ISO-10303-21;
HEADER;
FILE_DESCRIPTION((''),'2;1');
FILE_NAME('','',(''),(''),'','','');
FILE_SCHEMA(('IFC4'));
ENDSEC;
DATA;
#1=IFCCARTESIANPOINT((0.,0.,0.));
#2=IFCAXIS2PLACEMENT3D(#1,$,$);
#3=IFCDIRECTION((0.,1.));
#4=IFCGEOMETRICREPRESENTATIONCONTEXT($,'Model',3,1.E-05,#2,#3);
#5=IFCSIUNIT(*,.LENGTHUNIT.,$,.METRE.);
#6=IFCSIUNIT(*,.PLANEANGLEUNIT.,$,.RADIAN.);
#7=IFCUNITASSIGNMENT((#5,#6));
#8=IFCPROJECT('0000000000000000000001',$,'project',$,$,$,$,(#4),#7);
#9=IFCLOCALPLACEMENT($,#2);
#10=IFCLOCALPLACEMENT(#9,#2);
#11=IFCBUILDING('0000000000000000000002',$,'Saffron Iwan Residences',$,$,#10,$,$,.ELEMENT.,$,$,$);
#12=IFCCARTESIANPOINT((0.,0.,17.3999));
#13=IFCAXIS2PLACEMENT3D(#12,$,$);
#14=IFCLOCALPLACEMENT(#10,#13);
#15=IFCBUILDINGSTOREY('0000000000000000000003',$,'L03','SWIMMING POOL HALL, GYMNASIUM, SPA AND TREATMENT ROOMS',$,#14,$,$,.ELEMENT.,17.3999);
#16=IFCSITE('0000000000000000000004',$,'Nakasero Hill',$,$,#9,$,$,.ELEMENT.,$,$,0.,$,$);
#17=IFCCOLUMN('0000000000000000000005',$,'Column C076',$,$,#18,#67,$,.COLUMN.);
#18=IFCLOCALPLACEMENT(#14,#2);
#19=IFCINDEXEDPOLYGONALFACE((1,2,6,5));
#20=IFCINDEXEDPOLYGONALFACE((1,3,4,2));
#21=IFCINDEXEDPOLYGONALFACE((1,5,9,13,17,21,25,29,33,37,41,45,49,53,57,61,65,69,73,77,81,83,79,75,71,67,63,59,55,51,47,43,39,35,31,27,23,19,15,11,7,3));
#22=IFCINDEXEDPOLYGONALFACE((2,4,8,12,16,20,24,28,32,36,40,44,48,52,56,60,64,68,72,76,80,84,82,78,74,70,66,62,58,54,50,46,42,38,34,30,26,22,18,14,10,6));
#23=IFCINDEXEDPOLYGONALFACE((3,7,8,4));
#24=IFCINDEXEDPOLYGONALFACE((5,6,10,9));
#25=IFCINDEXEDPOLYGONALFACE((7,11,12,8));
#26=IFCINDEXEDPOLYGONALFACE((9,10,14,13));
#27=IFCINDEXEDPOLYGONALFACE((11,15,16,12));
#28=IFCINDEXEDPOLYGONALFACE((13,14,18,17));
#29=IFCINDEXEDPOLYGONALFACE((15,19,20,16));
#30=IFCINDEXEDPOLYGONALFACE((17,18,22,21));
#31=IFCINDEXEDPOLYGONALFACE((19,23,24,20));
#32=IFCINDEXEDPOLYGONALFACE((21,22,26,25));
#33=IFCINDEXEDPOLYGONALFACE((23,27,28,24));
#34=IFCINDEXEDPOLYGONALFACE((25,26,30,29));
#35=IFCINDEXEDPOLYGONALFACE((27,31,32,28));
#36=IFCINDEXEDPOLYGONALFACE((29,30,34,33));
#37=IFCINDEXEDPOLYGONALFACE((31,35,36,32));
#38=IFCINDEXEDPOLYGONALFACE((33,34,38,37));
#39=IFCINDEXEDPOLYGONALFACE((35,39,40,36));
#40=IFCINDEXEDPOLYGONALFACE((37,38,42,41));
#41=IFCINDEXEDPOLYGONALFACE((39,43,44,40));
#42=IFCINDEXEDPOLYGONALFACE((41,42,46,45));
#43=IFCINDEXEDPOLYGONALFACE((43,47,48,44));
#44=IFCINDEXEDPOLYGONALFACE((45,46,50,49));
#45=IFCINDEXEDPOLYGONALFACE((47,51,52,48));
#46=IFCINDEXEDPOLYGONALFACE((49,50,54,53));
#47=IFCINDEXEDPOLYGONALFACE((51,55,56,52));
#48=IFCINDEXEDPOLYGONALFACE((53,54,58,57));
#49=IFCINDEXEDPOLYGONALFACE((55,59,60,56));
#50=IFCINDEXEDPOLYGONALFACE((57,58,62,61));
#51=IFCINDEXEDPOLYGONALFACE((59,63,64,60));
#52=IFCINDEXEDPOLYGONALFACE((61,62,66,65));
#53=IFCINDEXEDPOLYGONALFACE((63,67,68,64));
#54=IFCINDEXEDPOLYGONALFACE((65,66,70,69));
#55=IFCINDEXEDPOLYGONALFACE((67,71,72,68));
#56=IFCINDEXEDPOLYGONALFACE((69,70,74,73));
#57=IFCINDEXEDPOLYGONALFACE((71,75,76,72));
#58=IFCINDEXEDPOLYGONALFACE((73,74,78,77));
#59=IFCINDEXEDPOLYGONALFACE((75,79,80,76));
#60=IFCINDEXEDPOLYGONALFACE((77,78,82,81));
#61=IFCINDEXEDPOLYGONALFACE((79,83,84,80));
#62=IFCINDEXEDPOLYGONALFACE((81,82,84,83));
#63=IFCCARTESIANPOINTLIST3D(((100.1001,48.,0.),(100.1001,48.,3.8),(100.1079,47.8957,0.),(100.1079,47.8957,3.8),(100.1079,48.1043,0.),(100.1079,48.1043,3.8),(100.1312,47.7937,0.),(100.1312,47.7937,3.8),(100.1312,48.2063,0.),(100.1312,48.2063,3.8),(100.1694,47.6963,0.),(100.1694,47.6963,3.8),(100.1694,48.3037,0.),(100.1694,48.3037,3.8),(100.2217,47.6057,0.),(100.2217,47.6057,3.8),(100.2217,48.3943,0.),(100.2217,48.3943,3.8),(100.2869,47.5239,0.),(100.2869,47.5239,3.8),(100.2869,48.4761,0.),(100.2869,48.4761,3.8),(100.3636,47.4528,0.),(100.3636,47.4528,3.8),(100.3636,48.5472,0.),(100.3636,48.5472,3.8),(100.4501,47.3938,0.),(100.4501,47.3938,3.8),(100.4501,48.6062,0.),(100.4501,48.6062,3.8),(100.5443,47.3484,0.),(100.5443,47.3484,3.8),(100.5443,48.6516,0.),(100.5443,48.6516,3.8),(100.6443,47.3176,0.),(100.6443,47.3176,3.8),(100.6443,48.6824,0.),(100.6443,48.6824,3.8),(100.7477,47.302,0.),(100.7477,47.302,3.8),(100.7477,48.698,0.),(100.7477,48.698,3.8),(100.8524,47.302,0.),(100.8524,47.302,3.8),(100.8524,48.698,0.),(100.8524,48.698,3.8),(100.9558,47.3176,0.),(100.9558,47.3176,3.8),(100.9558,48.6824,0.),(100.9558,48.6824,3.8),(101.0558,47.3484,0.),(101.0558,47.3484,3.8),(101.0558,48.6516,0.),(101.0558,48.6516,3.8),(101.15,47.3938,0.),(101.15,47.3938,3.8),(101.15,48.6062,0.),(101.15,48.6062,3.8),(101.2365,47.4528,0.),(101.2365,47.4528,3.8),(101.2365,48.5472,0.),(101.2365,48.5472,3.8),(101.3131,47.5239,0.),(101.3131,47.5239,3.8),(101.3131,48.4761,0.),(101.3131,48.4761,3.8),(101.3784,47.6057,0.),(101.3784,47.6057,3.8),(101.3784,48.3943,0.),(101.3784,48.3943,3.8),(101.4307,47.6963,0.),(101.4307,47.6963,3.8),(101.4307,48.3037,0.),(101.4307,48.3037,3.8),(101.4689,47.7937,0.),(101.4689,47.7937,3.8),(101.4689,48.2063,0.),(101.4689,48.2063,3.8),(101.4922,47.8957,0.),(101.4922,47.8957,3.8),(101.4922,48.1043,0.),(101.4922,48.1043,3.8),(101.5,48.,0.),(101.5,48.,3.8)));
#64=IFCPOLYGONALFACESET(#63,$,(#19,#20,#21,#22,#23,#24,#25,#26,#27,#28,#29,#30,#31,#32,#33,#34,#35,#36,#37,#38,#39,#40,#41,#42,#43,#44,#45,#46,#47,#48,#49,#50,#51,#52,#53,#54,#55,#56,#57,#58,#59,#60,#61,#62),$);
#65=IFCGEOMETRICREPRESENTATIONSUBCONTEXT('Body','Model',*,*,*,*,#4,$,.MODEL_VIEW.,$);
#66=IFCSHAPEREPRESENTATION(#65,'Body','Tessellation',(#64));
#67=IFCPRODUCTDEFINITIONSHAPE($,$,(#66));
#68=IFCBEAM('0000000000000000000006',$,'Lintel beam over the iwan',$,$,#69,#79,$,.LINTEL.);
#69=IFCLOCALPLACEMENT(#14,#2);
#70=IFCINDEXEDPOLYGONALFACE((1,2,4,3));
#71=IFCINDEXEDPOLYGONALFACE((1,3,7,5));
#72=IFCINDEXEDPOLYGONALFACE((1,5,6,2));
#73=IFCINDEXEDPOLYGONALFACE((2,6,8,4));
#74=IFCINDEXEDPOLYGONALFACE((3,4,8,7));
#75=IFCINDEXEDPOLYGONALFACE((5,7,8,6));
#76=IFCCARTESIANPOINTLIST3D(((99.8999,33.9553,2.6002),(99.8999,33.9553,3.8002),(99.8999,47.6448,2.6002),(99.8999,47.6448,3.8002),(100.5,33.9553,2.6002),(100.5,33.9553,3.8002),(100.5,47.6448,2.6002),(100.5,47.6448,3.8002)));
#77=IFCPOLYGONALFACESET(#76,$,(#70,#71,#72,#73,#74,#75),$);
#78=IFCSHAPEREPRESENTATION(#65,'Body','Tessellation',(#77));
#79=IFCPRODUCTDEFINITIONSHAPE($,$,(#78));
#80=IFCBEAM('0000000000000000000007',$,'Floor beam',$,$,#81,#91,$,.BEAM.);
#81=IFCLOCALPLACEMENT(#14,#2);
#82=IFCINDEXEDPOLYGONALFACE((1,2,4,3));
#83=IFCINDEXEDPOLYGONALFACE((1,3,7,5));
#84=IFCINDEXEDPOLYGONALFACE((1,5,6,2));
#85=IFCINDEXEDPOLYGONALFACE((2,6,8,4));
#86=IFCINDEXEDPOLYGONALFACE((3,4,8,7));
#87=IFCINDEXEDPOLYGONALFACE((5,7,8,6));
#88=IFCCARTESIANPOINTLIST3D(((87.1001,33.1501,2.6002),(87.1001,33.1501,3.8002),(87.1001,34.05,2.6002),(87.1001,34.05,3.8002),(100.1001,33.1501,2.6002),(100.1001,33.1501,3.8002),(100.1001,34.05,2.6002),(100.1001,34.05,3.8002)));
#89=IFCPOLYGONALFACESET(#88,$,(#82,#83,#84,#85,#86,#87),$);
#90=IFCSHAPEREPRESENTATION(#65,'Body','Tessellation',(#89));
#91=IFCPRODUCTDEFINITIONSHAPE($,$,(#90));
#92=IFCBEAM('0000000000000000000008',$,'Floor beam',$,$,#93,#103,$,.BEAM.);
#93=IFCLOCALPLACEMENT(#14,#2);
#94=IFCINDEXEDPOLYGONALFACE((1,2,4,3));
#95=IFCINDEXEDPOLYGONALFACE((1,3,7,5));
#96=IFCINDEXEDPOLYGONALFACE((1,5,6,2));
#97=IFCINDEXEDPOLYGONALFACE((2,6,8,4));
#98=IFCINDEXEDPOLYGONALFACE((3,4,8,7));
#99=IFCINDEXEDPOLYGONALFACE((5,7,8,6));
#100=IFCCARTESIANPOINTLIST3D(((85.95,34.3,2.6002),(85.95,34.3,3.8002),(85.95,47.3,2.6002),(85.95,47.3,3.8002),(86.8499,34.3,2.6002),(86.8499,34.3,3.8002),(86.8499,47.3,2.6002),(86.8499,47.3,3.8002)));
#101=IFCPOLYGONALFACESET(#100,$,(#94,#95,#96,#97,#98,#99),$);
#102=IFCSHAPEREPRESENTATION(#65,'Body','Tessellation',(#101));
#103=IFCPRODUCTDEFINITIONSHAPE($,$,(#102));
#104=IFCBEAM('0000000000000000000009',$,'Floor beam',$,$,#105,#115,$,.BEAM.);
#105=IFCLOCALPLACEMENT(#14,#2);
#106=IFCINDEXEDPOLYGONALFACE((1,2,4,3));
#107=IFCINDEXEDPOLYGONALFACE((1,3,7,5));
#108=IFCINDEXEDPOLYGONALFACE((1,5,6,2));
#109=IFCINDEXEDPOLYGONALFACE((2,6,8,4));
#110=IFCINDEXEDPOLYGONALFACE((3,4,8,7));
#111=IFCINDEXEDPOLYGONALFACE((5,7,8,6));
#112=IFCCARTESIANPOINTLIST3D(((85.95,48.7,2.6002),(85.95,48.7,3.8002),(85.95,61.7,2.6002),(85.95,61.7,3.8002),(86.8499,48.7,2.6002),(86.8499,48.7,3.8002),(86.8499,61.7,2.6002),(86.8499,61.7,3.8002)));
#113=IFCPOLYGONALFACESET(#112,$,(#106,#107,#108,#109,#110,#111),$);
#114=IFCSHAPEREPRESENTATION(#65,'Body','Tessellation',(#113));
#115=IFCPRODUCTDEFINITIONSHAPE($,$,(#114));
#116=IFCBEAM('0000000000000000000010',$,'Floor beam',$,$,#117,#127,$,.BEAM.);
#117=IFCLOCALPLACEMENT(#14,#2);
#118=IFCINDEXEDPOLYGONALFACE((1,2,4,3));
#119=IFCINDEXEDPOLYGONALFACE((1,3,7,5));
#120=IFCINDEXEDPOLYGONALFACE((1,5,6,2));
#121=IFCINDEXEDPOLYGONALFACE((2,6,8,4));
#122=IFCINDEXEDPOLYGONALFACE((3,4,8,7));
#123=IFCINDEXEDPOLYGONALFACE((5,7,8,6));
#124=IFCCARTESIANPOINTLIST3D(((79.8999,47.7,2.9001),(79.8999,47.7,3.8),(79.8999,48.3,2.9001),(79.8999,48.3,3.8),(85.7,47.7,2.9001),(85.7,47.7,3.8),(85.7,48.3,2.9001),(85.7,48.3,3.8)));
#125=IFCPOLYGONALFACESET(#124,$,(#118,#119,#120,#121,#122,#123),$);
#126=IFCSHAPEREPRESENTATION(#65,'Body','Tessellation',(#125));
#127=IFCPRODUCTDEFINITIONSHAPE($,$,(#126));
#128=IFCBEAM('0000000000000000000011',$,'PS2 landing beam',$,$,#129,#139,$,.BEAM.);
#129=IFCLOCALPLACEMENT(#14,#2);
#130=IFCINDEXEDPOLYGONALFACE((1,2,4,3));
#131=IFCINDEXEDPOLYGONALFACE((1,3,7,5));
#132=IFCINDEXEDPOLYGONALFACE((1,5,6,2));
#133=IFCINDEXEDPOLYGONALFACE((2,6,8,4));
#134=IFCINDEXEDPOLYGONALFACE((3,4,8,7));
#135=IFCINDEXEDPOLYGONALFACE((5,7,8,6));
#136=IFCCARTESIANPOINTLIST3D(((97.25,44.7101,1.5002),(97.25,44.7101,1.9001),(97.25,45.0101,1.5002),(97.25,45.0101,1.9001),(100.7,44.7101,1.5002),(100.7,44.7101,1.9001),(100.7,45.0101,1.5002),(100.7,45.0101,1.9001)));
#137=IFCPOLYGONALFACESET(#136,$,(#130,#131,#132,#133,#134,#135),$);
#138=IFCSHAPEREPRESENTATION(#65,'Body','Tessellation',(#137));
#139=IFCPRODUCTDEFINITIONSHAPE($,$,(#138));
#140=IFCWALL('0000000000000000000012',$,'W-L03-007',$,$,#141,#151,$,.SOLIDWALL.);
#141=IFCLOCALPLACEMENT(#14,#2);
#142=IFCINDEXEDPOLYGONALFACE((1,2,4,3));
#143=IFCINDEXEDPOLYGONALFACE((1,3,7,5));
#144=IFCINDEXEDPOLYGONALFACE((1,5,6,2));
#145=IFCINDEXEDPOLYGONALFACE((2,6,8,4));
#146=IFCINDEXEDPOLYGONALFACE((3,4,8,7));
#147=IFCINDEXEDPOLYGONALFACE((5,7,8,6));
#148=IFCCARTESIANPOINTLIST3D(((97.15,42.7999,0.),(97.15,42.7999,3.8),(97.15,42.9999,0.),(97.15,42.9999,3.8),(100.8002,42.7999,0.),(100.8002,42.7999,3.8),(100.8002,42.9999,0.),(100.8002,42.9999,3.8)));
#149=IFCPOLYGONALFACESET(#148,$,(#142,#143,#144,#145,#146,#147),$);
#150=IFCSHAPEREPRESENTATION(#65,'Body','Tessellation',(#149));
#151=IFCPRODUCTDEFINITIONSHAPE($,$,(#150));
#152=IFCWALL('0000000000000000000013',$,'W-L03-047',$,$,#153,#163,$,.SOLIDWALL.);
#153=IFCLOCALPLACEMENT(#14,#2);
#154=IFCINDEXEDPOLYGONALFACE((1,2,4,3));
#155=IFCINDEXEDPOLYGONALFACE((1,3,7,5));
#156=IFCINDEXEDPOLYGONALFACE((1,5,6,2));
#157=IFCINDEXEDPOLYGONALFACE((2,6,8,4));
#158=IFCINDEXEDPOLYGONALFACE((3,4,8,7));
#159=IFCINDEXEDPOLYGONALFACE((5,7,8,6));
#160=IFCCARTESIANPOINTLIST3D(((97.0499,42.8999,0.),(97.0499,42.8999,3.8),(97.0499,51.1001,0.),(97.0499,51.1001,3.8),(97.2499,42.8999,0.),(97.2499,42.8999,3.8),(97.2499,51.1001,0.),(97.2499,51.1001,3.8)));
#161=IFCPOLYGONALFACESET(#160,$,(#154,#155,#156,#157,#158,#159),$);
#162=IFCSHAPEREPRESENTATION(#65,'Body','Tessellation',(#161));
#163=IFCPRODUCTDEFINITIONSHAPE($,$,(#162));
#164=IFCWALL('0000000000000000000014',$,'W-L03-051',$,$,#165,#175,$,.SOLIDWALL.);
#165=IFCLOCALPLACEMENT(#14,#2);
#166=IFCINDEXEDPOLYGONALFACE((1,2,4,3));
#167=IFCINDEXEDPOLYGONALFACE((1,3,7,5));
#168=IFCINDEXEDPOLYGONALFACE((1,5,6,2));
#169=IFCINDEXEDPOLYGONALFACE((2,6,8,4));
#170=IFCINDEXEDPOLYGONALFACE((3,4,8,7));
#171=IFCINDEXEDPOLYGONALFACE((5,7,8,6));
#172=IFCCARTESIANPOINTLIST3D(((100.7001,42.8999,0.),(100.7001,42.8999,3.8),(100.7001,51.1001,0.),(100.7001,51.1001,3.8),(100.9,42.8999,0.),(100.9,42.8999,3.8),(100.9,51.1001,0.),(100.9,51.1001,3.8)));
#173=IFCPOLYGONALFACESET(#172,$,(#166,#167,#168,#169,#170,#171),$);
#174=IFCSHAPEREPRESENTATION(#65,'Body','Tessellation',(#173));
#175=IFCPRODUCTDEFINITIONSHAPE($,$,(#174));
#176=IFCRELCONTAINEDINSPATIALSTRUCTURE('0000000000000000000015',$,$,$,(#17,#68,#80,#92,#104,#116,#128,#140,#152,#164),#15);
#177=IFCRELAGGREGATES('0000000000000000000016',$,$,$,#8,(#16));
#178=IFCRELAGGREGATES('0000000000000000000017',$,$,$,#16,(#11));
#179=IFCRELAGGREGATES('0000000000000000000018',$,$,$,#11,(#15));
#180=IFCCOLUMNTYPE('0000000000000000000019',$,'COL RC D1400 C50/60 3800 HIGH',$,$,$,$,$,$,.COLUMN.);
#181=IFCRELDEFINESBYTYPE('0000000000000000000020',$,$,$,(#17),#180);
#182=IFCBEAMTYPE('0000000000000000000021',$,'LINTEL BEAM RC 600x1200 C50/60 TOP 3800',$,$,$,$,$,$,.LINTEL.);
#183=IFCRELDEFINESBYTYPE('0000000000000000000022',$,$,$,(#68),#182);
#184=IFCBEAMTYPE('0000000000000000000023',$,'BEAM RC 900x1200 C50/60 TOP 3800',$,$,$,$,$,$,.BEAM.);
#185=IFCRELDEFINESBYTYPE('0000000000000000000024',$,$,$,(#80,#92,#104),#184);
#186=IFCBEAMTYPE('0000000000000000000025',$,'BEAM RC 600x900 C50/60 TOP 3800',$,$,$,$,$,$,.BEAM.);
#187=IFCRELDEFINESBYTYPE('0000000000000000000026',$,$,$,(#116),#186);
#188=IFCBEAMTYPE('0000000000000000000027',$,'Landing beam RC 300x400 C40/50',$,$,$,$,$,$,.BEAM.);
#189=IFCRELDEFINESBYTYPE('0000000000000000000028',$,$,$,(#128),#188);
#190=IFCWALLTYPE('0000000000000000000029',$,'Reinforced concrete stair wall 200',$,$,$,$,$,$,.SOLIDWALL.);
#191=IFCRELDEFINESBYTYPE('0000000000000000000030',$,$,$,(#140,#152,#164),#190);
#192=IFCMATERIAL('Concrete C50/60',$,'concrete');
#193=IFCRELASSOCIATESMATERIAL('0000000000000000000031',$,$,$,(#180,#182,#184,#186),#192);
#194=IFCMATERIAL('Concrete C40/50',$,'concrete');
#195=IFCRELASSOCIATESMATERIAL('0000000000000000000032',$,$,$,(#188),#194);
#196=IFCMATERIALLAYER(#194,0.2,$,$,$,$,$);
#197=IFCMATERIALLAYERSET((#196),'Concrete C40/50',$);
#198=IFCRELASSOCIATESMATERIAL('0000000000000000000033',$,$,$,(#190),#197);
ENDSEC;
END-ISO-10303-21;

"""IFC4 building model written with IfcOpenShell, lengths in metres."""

from ifc_helpers import new_model, si_unit, direction, frame, frame_2d, origin, origin_2d, place, context, subcontext, project, spatial, rectangle, circle, extrude, source, transform, mapped, material, layer, layer_set, material_profile, profile_set, type_object, element, save


model = new_model("IFC4")

# Units and contexts
model_context = context("Model", 3, precision=1e-05, world=origin(), true_north=direction((0.0, 1.0)))
body_context = subcontext(model_context, "Body", "Model", "MODEL_VIEW")
ifc_project = project(units=[si_unit("LENGTHUNIT", "METRE"), si_unit("PLANEANGLEUNIT", "RADIAN")], contexts=[model_context])

# Site, building, storey
site_placement = place(None, origin())
site = spatial("IfcSite", under=ifc_project, at=site_placement, Name="Nakasero Hill", CompositionType="ELEMENT", RefElevation=0.0)
building_placement = place(site_placement, origin())
building = spatial("IfcBuilding", under=site, at=building_placement, Name="Saffron Iwan Residences", CompositionType="ELEMENT")
storey_placement = place(building_placement, frame((0.0, 0.0, 17.3999)))
storey = spatial("IfcBuildingStorey", under=building, at=storey_placement, Name="L03", Description="SWIMMING POOL HALL, GYMNASIUM, SPA AND TREATMENT ROOMS", CompositionType="ELEMENT", Elevation=17.3999)

# Column
ifc_material_1 = material(Name="Concrete C50/60", Category="concrete")
ifc_material_profile_1 = material_profile(ifc_material_1, circle(Radius=0.7, at=origin_2d()), Name="RC D1400")
ifc_profile_set_1 = profile_set([ifc_material_profile_1], Name="Concrete C50/60")
column_type = type_object("IfcColumnType", Name="COL RC D1400 C50/60 3800 HIGH", PredefinedType="COLUMN", material=ifc_profile_set_1)
shared_shape_1 = source(origin(), body_context, "Body", "SweptSolid", [
    extrude(circle(Radius=0.7, at=origin_2d()), origin(), (0.0, 0.0, 1.0), 3.8),
])
for number, where, z_axis, x_axis, name in (
    (1, (100.8, 48.0, 0.0), (0.0, 0.0, 1.0), (1.0, 0.0, 0.0), "Column C076"),
):
    element("IfcColumn", number, at=place(storey_placement, frame(where, z_axis=z_axis, x_axis=x_axis)), inside=storey, type_object=column_type, Name=name, PredefinedType="COLUMN", context=body_context, shape_type="MappedRepresentation", body=[
        mapped(shared_shape_1, transform((0.0, 0.0, 0.0))),
    ])

# Beams
ifc_material_profile_2 = material_profile(ifc_material_1, rectangle(XDim=0.6001, YDim=1.2, at=origin_2d()), Name="RC 600x1200")
ifc_profile_set_2 = profile_set([ifc_material_profile_2], Name="Concrete C50/60")
beam_type_1 = type_object("IfcBeamType", Name="LINTEL BEAM RC 600x1200 C50/60 TOP 3800", PredefinedType="LINTEL", material=ifc_profile_set_2)
shared_shape_2 = source(origin(), body_context, "Body", "SweptSolid", [
    extrude(rectangle(XDim=0.6001, YDim=1.2, at=origin_2d()), origin(), (0.0, 0.0, 1.0), 13.6895),
])
beam_1_placement = place(storey_placement, frame((100.2, 47.6448, 3.2002), z_axis=(0.0, -1.0, 0.0), x_axis=(1.0, 0.0, 0.0)))
element("IfcBeam", 2, at=beam_1_placement, inside=storey, type_object=beam_type_1, Name="Lintel beam over the iwan", PredefinedType="LINTEL", context=body_context, shape_type="MappedRepresentation", body=[
    mapped(shared_shape_2, transform((0.0, 0.0, 0.0))),
])
ifc_material_profile_3 = material_profile(ifc_material_1, rectangle(XDim=0.8999, YDim=1.2, at=origin_2d()), Name="RC 900x1200")
ifc_profile_set_3 = profile_set([ifc_material_profile_3], Name="Concrete C50/60")
beam_type_2 = type_object("IfcBeamType", Name="BEAM RC 900x1200 C50/60 TOP 3800", PredefinedType="BEAM", material=ifc_profile_set_3)
shared_shape_3 = source(origin(), body_context, "Body", "SweptSolid", [
    extrude(rectangle(XDim=0.8999, YDim=1.2, at=origin_2d()), origin(), (0.0, 0.0, 1.0), 13.0),
])
for number, where, z_axis, x_axis, name in (
    (3, (87.1001, 33.6001, 3.2002), (1.0, 0.0, 0.0), (0.0, 1.0, 0.0), "Floor beam"),
    (4, (86.3999, 34.3, 3.2002), (0.0, 1.0, 0.0), (-1.0, 0.0, 0.0), "Floor beam"),
    (5, (86.3999, 48.7, 3.2002), (0.0, 1.0, 0.0), (-1.0, 0.0, 0.0), "Floor beam"),
):
    element("IfcBeam", number, at=place(storey_placement, frame(where, z_axis=z_axis, x_axis=x_axis)), inside=storey, type_object=beam_type_2, Name=name, PredefinedType="BEAM", context=body_context, shape_type="MappedRepresentation", body=[
        mapped(shared_shape_3, transform((0.0, 0.0, 0.0))),
    ])
ifc_material_profile_4 = material_profile(ifc_material_1, rectangle(XDim=0.6001, YDim=0.8999, at=origin_2d()), Name="RC 600x900")
ifc_profile_set_4 = profile_set([ifc_material_profile_4], Name="Concrete C50/60")
beam_type_3 = type_object("IfcBeamType", Name="BEAM RC 600x900 C50/60 TOP 3800", PredefinedType="BEAM", material=ifc_profile_set_4)
shared_shape_4 = source(origin(), body_context, "Body", "SweptSolid", [
    extrude(rectangle(XDim=0.6001, YDim=0.8999, at=origin_2d()), origin(), (0.0, 0.0, 1.0), 5.8),
])
beam_2_placement = place(storey_placement, frame((79.8999, 48.0, 3.3501), z_axis=(1.0, 0.0, 0.0), x_axis=(0.0, 1.0, 0.0)))
element("IfcBeam", 6, at=beam_2_placement, inside=storey, type_object=beam_type_3, Name="Floor beam", PredefinedType="BEAM", context=body_context, shape_type="MappedRepresentation", body=[
    mapped(shared_shape_4, transform((0.0, 0.0, 0.0))),
])
ifc_material_2 = material(Name="Concrete C40/50", Category="concrete")
ifc_material_profile_5 = material_profile(ifc_material_2, rectangle(XDim=0.3, YDim=0.3999, at=origin_2d()), Name="Landing beam RC 300x400 C40/50")
ifc_profile_set_5 = profile_set([ifc_material_profile_5], Name="Concrete C40/50")
beam_type_4 = type_object("IfcBeamType", Name="Landing beam RC 300x400 C40/50", PredefinedType="BEAM", material=ifc_profile_set_5)
shared_shape_5 = source(origin(), body_context, "Body", "SweptSolid", [
    extrude(rectangle(XDim=0.3, YDim=0.3999, at=origin_2d()), origin(), (0.0, 0.0, 1.0), 3.45),
])
beam_3_placement = place(storey_placement, frame((97.25, 44.8601, 1.7002), z_axis=(1.0, 0.0, 0.0), x_axis=(0.0, 1.0, 0.0)))
element("IfcBeam", 7, at=beam_3_placement, inside=storey, type_object=beam_type_4, Name="PS2 landing beam", PredefinedType="BEAM", context=body_context, shape_type="MappedRepresentation", body=[
    mapped(shared_shape_5, transform((0.0, 0.0, 0.0))),
])

# Walls
ifc_layer_1 = layer(ifc_material_2, 0.2)
ifc_layer_set_1 = layer_set([ifc_layer_1], Name="Concrete C40/50")
wall_type = type_object("IfcWallType", Name="Reinforced concrete stair wall 200", PredefinedType="SOLIDWALL", material=ifc_layer_set_1)
wall_placement = place(storey_placement, frame((97.1499, 42.8999, 0.0), z_axis=(0.0, 0.0, 1.0), x_axis=(1.0, 0.0, 0.0)))
element("IfcWall", 8, at=wall_placement, inside=storey, type_object=wall_type, Name="W-L03-007", PredefinedType="SOLIDWALL", context=body_context, shape_type="SweptSolid", body=[
    extrude(rectangle(XDim=3.6501, YDim=0.2, at=frame_2d((1.8252, 0.0))), origin(), (0.0, 0.0, 1.0), 3.8),
])
for number, where, z_axis, x_axis, name in (
    (9, (97.1499, 42.8999, 0.0), (0.0, 0.0, 1.0), (0.0, 1.0, 0.0), "W-L03-047"),
    (10, (100.8, 42.8999, 0.0), (0.0, 0.0, 1.0), (0.0, 1.0, 0.0), "W-L03-051"),
):
    element("IfcWall", number, at=place(storey_placement, frame(where, z_axis=z_axis, x_axis=x_axis)), inside=storey, type_object=wall_type, Name=name, PredefinedType="SOLIDWALL", context=body_context, shape_type="SweptSolid", body=[
        extrude(rectangle(XDim=8.2002, YDim=0.2, at=frame_2d((4.1001, 0.0))), origin(), (0.0, 0.0, 1.0), 3.8),
    ])

save(model, "model.ifc")
